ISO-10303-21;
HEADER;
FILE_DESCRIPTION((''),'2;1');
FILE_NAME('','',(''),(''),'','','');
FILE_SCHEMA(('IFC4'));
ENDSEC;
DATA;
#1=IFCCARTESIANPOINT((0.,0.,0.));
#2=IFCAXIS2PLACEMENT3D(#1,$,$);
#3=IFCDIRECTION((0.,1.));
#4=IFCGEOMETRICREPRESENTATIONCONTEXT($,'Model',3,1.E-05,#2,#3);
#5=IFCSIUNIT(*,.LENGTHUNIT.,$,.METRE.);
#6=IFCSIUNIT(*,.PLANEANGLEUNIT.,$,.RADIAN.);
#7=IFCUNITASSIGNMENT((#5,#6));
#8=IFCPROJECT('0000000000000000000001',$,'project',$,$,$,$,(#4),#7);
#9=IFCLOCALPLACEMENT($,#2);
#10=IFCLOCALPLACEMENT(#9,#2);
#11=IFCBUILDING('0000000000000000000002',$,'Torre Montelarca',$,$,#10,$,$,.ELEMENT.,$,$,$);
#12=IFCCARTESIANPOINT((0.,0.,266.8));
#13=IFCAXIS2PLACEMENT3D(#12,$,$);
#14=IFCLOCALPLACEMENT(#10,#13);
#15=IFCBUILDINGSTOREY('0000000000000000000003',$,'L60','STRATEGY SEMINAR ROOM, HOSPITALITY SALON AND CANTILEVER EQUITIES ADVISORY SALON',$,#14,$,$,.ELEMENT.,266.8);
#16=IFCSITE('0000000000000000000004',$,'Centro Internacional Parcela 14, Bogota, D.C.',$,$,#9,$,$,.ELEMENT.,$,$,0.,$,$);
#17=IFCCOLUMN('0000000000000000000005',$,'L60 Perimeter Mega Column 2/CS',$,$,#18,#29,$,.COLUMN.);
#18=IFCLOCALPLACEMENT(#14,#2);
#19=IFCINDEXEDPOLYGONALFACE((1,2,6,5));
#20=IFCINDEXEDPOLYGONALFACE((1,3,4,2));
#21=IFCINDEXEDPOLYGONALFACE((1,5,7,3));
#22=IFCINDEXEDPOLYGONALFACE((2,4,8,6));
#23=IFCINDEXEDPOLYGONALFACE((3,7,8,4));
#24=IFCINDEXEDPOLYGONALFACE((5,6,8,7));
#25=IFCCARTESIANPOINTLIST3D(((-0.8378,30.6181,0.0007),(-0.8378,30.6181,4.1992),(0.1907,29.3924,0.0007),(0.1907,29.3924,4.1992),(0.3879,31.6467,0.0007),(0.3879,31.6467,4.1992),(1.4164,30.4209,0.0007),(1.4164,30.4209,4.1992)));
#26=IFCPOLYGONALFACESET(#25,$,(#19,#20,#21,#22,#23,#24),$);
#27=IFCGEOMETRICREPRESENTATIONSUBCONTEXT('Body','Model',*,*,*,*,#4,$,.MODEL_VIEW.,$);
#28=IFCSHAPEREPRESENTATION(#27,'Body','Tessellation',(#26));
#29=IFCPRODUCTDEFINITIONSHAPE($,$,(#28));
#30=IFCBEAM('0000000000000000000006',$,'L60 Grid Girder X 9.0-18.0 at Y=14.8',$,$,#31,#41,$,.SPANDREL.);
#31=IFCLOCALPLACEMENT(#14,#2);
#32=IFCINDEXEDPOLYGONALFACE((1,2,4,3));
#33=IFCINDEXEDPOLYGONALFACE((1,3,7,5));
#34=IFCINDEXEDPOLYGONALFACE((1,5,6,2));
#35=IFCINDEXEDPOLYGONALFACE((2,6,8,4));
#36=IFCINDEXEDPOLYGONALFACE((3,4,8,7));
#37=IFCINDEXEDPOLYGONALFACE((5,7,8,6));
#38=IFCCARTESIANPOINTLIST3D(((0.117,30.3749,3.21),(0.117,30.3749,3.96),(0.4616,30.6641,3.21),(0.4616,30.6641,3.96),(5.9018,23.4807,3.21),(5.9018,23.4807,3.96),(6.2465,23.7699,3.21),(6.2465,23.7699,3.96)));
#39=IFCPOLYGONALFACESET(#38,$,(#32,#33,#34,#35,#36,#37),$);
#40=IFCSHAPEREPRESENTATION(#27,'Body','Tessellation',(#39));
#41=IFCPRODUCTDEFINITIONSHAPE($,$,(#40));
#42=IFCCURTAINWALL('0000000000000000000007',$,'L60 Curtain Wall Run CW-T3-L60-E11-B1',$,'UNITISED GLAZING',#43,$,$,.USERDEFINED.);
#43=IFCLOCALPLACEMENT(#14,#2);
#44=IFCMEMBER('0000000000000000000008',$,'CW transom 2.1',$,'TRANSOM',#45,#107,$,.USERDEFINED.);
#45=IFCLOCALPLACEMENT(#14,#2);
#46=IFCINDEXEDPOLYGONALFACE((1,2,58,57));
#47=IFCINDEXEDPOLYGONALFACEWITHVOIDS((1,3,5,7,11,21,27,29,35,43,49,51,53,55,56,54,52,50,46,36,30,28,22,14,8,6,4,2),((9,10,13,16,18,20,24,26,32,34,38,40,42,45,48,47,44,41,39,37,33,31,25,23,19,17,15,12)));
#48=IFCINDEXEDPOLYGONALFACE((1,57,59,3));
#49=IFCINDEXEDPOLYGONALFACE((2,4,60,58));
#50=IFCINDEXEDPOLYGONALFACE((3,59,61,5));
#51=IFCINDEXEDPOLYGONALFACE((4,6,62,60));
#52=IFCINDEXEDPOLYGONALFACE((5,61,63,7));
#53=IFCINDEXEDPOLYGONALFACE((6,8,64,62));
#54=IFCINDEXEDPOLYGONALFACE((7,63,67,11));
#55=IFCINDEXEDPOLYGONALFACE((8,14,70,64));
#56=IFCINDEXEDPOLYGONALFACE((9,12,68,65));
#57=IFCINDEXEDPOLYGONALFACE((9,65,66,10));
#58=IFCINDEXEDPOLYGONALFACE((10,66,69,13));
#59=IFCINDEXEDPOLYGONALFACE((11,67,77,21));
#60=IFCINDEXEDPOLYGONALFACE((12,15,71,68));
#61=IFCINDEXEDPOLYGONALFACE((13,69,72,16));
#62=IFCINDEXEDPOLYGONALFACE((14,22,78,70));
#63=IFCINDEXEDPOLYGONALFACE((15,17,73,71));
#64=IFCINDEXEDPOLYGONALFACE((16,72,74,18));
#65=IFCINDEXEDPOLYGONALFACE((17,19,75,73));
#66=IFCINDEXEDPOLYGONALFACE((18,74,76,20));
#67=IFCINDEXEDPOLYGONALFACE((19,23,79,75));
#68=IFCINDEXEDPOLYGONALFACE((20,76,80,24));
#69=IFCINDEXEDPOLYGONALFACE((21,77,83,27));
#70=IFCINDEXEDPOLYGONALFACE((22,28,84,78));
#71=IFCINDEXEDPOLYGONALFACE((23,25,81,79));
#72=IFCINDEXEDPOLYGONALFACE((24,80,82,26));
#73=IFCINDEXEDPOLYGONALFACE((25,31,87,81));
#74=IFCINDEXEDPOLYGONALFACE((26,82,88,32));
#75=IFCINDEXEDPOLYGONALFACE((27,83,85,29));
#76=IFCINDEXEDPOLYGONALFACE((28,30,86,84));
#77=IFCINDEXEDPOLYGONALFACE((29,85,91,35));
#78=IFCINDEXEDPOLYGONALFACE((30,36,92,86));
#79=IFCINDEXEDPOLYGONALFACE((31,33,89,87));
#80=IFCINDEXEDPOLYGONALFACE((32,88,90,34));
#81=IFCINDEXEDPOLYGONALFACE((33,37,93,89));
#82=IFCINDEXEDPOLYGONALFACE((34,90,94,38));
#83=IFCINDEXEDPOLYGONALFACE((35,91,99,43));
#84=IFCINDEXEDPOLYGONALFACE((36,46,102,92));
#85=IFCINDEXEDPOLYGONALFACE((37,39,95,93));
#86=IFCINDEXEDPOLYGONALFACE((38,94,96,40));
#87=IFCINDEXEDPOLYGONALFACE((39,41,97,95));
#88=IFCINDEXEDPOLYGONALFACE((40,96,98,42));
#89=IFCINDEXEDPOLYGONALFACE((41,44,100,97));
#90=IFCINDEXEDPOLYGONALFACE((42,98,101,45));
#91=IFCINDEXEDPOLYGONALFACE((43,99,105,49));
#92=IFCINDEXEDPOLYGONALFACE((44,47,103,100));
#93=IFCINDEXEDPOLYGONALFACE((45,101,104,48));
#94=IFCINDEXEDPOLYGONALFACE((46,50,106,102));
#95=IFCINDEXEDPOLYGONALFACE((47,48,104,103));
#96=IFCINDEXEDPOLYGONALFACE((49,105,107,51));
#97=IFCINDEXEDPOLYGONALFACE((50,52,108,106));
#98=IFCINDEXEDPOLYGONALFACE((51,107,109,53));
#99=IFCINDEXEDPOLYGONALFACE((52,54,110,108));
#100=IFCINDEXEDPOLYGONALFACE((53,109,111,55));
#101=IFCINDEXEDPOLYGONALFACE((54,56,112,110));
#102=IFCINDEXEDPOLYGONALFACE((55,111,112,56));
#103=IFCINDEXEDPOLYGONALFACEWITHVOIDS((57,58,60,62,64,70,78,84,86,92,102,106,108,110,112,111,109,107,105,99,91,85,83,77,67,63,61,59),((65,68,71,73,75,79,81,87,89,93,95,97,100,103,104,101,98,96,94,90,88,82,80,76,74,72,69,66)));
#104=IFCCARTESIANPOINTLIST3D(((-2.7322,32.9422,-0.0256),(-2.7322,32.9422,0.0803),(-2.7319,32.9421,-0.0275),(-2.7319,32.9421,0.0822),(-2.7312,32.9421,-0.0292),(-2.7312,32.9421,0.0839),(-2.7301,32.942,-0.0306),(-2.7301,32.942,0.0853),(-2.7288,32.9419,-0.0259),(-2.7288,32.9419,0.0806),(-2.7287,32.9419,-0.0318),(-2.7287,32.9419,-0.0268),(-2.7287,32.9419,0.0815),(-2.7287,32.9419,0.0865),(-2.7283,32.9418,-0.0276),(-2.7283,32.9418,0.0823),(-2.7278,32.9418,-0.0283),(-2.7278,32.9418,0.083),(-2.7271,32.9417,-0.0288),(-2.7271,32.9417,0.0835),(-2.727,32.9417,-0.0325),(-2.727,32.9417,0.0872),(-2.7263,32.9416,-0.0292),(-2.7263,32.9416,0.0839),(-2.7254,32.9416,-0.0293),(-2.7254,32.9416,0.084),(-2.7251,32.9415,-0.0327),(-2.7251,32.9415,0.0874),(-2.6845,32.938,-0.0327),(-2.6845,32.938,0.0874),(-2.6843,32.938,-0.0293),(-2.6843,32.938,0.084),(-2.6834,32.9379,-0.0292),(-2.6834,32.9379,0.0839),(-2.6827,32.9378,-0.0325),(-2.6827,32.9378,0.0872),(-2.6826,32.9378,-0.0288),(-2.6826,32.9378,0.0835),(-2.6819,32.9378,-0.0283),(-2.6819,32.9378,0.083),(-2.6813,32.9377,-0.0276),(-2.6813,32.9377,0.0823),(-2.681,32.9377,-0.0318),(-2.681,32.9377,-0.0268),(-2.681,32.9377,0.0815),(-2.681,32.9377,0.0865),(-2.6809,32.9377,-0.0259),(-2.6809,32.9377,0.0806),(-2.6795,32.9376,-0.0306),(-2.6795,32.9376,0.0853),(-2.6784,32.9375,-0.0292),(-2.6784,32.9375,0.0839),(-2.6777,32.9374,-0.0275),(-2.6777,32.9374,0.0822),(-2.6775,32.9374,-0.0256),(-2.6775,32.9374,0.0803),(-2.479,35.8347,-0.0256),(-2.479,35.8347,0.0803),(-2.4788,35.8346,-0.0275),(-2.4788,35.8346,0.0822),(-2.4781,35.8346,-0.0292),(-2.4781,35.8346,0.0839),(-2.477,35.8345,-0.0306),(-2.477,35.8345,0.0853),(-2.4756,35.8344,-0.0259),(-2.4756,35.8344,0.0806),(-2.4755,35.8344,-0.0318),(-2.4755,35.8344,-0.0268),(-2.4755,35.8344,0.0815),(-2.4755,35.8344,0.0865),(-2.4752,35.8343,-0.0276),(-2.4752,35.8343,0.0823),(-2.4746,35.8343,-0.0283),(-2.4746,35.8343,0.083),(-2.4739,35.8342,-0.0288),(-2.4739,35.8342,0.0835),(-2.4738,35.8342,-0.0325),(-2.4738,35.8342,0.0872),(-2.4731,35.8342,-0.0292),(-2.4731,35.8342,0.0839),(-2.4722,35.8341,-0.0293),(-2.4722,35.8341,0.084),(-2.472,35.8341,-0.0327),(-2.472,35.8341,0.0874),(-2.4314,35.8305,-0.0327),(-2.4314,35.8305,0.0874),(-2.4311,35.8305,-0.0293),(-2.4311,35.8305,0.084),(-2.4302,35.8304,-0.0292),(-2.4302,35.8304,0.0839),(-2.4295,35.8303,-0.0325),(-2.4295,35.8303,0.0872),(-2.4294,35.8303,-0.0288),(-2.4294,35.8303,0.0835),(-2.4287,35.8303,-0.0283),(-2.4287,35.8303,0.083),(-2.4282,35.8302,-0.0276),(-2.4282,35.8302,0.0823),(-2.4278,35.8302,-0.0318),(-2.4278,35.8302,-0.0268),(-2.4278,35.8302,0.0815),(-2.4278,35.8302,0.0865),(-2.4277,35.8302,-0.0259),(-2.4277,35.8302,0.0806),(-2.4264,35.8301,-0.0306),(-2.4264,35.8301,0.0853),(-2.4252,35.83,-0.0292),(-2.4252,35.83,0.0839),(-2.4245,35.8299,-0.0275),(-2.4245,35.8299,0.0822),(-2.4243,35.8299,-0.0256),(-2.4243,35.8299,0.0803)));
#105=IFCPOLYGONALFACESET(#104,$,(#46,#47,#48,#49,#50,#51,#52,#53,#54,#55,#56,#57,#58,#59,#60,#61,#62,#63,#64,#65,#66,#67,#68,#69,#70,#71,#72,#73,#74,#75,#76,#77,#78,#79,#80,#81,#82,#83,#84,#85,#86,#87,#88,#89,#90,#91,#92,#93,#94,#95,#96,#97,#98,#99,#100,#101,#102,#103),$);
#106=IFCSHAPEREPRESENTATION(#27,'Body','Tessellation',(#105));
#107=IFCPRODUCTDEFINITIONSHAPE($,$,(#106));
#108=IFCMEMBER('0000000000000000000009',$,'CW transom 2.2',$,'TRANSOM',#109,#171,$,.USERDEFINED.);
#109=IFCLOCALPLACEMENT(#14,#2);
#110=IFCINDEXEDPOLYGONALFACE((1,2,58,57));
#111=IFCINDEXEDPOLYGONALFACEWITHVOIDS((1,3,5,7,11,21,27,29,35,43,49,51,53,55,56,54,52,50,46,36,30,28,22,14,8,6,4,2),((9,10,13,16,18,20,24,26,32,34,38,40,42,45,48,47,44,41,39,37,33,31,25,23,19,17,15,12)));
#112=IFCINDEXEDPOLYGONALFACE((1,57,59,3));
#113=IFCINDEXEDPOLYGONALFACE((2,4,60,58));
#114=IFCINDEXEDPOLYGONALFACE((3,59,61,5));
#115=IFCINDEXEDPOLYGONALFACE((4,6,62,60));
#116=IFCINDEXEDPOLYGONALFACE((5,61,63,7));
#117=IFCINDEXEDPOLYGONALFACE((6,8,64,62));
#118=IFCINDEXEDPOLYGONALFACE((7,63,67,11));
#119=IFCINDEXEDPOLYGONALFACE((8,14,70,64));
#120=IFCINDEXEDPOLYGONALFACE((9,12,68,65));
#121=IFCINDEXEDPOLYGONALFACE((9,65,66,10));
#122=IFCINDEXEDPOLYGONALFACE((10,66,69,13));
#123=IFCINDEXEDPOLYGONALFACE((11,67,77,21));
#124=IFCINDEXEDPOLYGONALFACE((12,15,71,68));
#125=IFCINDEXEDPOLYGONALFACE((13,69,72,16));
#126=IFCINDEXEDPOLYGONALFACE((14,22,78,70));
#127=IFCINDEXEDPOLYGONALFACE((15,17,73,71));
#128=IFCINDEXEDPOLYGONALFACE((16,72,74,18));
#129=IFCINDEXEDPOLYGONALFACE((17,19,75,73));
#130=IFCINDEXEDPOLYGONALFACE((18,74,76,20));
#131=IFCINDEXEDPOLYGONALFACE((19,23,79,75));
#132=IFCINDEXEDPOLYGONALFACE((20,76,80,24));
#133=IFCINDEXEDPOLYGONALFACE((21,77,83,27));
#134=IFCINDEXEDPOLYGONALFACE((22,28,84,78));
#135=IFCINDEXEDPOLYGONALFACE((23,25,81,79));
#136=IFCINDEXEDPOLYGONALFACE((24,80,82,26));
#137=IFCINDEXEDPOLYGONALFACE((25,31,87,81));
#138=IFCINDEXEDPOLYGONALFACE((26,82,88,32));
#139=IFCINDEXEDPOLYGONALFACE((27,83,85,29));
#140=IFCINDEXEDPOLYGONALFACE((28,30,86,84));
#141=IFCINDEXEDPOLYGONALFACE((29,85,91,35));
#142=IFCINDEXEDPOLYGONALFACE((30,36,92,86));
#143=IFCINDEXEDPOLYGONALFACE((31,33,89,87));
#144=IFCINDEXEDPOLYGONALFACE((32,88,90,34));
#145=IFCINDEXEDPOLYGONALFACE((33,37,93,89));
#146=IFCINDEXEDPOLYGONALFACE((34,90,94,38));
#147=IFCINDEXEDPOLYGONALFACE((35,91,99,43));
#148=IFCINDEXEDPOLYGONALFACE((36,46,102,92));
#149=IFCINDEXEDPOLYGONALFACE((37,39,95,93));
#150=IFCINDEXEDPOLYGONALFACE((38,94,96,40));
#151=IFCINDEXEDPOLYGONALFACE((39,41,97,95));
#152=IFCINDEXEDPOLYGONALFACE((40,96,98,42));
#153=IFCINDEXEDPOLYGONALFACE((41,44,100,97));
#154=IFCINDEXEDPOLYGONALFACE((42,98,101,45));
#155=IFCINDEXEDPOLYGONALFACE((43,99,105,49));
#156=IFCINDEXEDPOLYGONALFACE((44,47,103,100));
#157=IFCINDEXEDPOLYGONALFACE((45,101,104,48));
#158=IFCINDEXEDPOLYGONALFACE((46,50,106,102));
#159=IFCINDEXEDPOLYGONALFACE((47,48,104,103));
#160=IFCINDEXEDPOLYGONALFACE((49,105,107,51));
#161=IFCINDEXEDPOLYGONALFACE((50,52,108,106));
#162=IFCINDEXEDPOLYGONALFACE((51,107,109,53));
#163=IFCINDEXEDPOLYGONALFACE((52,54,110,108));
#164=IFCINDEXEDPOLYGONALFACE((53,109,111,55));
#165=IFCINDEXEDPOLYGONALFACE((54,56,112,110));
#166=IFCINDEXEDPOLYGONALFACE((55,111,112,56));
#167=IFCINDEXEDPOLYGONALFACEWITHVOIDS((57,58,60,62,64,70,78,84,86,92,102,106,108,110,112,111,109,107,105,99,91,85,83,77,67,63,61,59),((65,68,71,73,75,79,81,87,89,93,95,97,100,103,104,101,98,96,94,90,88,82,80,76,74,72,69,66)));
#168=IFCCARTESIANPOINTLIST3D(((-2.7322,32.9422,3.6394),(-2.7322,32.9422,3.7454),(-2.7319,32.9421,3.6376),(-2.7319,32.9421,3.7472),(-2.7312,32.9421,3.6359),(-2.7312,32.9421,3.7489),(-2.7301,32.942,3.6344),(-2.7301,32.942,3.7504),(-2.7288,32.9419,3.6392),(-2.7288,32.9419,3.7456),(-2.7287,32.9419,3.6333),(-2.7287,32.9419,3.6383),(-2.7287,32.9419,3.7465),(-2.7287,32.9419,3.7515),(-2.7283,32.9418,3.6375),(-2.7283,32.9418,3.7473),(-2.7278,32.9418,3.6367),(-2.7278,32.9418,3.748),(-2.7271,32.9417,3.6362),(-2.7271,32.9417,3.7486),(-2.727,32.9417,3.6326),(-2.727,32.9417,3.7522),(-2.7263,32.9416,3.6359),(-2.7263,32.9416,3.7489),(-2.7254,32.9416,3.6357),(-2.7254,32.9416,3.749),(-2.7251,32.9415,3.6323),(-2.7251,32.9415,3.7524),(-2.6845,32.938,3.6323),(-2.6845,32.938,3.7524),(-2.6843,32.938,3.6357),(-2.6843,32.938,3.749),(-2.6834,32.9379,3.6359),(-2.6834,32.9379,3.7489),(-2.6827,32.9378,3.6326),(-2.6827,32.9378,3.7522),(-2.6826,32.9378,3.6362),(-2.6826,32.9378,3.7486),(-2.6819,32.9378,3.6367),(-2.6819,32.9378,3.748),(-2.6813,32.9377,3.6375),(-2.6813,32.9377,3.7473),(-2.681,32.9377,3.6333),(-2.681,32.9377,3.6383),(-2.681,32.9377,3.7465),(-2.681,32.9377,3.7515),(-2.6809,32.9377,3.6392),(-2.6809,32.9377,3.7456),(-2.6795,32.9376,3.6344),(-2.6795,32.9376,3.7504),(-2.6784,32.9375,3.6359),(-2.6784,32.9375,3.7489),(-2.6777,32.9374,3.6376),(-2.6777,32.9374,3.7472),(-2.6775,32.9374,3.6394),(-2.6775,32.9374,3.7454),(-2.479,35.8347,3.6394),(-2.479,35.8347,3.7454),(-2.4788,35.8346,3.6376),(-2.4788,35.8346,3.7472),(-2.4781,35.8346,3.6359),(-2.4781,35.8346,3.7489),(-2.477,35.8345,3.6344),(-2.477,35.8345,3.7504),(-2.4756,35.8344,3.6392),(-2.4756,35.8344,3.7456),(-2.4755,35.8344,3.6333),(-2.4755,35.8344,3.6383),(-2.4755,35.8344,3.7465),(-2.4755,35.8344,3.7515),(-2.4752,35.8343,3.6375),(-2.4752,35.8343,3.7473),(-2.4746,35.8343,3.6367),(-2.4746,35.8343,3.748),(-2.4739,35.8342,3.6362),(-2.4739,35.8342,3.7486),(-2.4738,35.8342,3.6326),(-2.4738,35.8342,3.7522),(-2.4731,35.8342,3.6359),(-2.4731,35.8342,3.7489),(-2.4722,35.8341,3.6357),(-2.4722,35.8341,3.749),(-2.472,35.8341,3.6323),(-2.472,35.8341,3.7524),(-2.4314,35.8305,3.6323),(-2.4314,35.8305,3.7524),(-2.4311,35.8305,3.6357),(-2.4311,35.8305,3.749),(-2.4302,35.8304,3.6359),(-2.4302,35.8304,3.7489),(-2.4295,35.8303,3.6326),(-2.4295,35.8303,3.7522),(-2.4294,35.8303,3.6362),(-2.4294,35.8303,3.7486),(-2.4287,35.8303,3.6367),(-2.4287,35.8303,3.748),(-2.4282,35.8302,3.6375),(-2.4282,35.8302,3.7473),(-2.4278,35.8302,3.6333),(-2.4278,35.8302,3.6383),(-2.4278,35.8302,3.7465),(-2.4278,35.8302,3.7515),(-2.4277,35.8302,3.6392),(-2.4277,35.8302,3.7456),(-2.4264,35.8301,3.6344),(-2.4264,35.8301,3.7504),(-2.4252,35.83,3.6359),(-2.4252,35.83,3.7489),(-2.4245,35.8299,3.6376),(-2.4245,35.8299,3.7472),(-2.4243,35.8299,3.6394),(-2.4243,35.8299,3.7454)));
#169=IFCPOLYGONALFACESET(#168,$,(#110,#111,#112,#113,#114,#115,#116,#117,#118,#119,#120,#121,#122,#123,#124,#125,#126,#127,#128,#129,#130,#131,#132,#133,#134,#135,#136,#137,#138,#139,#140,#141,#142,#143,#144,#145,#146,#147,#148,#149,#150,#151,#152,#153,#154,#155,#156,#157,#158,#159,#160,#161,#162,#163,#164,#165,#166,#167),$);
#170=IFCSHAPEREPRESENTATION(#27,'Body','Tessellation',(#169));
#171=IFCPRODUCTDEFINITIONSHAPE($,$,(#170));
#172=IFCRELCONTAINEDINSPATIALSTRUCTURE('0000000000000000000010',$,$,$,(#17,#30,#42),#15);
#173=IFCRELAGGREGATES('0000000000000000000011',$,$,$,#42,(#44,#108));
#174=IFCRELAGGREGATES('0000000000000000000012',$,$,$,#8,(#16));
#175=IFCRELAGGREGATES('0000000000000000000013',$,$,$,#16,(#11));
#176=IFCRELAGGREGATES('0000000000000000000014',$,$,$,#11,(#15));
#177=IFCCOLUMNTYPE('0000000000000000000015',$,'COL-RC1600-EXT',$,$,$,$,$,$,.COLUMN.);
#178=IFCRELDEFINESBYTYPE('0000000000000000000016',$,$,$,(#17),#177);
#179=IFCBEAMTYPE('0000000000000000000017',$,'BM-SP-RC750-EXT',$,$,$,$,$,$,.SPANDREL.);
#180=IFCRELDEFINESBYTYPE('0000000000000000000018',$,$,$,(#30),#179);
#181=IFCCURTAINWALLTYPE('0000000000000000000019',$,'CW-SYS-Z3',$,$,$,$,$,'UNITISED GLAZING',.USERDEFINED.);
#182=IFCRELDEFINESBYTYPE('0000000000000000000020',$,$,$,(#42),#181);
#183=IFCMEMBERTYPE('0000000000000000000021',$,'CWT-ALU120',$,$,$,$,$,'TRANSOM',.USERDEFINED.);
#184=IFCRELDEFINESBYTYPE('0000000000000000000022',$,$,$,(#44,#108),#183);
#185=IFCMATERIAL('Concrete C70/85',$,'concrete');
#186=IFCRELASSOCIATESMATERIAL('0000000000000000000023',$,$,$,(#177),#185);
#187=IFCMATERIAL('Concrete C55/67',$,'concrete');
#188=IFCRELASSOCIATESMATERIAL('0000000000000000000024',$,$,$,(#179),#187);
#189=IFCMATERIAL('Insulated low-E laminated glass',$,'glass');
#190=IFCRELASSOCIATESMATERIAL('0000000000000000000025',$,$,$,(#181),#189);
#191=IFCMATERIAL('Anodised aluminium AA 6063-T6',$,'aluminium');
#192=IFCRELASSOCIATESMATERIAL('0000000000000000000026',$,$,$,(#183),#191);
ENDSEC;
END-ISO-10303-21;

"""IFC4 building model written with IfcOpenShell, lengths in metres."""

from ifc_helpers import new_model, si_unit, direction, frame, origin, origin_2d, place, context, subcontext, project, spatial, rectangle, hollow_rectangle, extrude, source, transform, mapped, material, material_profile, profile_set, type_object, element, aggregate, save


model = new_model("IFC4")

# Units and contexts
model_context = context("Model", 3, precision=1e-05, world=origin(), true_north=direction((0.0, 1.0)))
body_context = subcontext(model_context, "Body", "Model", "MODEL_VIEW")
ifc_project = project(units=[si_unit("LENGTHUNIT", "METRE"), si_unit("PLANEANGLEUNIT", "RADIAN")], contexts=[model_context])

# Site, building, storey
site_placement = place(None, origin())
site = spatial("IfcSite", under=ifc_project, at=site_placement, Name="Centro Internacional Parcela 14, Bogota, D.C.", CompositionType="ELEMENT", RefElevation=0.0)
building_placement = place(site_placement, origin())
building = spatial("IfcBuilding", under=site, at=building_placement, Name="Torre Montelarca", CompositionType="ELEMENT")
storey_placement = place(building_placement, frame((0.0, 0.0, 266.8)))
storey = spatial("IfcBuildingStorey", under=building, at=storey_placement, Name="L60", Description="STRATEGY SEMINAR ROOM, HOSPITALITY SALON AND CANTILEVER EQUITIES ADVISORY SALON", CompositionType="ELEMENT", Elevation=266.8)

# Column
ifc_material_1 = material(Name="Concrete C70/85", Category="concrete")
ifc_material_profile_1 = material_profile(ifc_material_1, rectangle(XDim=1.6001, YDim=1.6001, at=origin_2d()), Name="RC1600X1600", Category="concrete")
ifc_profile_set_1 = profile_set([ifc_material_profile_1], Name="Concrete C70/85")
column_type = type_object("IfcColumnType", Name="COL-RC1600-EXT", PredefinedType="COLUMN", material=ifc_profile_set_1)
shared_shape_1 = source(origin(), body_context, "Body", "SweptSolid", [
    extrude(rectangle(XDim=1.6001, YDim=1.6001, at=origin_2d()), origin(), (0.0, 0.0, 1.0), 4.1985),
])
column_placement = place(storey_placement, frame((0.2893, 30.5195, 0.0007), z_axis=(0.0, 0.0, 1.0), x_axis=(-0.642788, 0.766044, 0.0)))
element("IfcColumn", 1, at=column_placement, inside=storey, type_object=column_type, Name="L60 Perimeter Mega Column 2/CS", PredefinedType="COLUMN", context=body_context, shape_type="MappedRepresentation", body=[
    mapped(shared_shape_1, transform((0.0, 0.0, 0.0), scale=1.0)),
])

# Beam
ifc_material_2 = material(Name="Concrete C55/67", Category="concrete")
ifc_material_profile_2 = material_profile(ifc_material_2, rectangle(XDim=0.45, YDim=0.75, at=origin_2d()), Name="RCB450X750", Category="concrete")
ifc_profile_set_2 = profile_set([ifc_material_profile_2], Name="Concrete C55/67")
beam_type = type_object("IfcBeamType", Name="BM-SP-RC750-EXT", PredefinedType="SPANDREL", material=ifc_profile_set_2)
shared_shape_2 = source(origin(), body_context, "Body", "SweptSolid", [
    extrude(rectangle(XDim=0.45, YDim=0.75, at=origin_2d()), origin(), (0.0, 0.0, 1.0), 8.9998),
])
beam_placement = place(storey_placement, frame((0.2893, 30.5195, 3.585), z_axis=(0.642782, -0.766049, 0.0), x_axis=(0.766049, 0.642782, 0.0)))
element("IfcBeam", 2, at=beam_placement, inside=storey, type_object=beam_type, Name="L60 Grid Girder X 9.0-18.0 at Y=14.8", PredefinedType="SPANDREL", context=body_context, shape_type="MappedRepresentation", body=[
    mapped(shared_shape_2, transform((0.0, 0.0, 0.0), scale=1.0)),
])

# Curtain wall, members
ifc_material_3 = material(Name="Insulated low-E laminated glass", Category="glass")
curtain_wall_type = type_object("IfcCurtainWallType", Name="CW-SYS-Z3", ElementType="UNITISED GLAZING", PredefinedType="USERDEFINED", material=ifc_material_3)
curtain_wall_placement = place(storey_placement, origin())
curtain_wall = element("IfcCurtainWall", 3, at=curtain_wall_placement, inside=storey, type_object=curtain_wall_type, Name="L60 Curtain Wall Run CW-T3-L60-E11-B1", ObjectType="UNITISED GLAZING", PredefinedType="USERDEFINED")
ifc_material_4 = material(Name="Anodised aluminium AA 6063-T6", Category="aluminium")
ifc_material_profile_3 = material_profile(ifc_material_4, hollow_rectangle(XDim=0.0549, YDim=0.1201, WallThickness=0.0034, InnerFilletRadius=0.0034, OuterFilletRadius=0.0071, at=origin_2d()), Name="ALU55X120X3.5", Category="aluminium")
ifc_profile_set_3 = profile_set([ifc_material_profile_3], Name="Anodised aluminium AA 6063-T6")
member_type_1 = type_object("IfcMemberType", Name="CWT-ALU120", ElementType="TRANSOM", PredefinedType="USERDEFINED", material=ifc_profile_set_3)
shared_shape_3 = source(origin(), body_context, "Body", "SweptSolid", [
    extrude(hollow_rectangle(XDim=0.0549, YDim=0.1201, WallThickness=0.0034, InnerFilletRadius=0.0034, OuterFilletRadius=0.0071, at=origin_2d()), origin(), (0.0, 0.0, 1.0), 2.9036),
])
member_1_placement = place(storey_placement, frame((-2.4517, 35.8323, 0.0273), z_axis=(-0.087192, -0.996192, 0.0), x_axis=(0.996192, -0.087192, 0.0)))
member_1 = element("IfcMember", 4, at=member_1_placement, type_object=member_type_1, Name="CW transom 2.1", ObjectType="TRANSOM", PredefinedType="USERDEFINED", context=body_context, shape_type="MappedRepresentation", body=[
    mapped(shared_shape_3, transform((0.0, 0.0, 0.0), scale=1.0)),
])
member_2_placement = place(storey_placement, frame((-2.4517, 35.8323, 3.6924), z_axis=(-0.087192, -0.996192, 0.0), x_axis=(0.996192, -0.087192, 0.0)))
member_2 = element("IfcMember", 5, at=member_2_placement, type_object=member_type_1, Name="CW transom 2.2", ObjectType="TRANSOM", PredefinedType="USERDEFINED", context=body_context, shape_type="MappedRepresentation", body=[
    mapped(shared_shape_3, transform((0.0, 0.0, 0.0), scale=1.0)),
])
aggregate(curtain_wall, [member_1, member_2])

save(model, "model.ifc")
